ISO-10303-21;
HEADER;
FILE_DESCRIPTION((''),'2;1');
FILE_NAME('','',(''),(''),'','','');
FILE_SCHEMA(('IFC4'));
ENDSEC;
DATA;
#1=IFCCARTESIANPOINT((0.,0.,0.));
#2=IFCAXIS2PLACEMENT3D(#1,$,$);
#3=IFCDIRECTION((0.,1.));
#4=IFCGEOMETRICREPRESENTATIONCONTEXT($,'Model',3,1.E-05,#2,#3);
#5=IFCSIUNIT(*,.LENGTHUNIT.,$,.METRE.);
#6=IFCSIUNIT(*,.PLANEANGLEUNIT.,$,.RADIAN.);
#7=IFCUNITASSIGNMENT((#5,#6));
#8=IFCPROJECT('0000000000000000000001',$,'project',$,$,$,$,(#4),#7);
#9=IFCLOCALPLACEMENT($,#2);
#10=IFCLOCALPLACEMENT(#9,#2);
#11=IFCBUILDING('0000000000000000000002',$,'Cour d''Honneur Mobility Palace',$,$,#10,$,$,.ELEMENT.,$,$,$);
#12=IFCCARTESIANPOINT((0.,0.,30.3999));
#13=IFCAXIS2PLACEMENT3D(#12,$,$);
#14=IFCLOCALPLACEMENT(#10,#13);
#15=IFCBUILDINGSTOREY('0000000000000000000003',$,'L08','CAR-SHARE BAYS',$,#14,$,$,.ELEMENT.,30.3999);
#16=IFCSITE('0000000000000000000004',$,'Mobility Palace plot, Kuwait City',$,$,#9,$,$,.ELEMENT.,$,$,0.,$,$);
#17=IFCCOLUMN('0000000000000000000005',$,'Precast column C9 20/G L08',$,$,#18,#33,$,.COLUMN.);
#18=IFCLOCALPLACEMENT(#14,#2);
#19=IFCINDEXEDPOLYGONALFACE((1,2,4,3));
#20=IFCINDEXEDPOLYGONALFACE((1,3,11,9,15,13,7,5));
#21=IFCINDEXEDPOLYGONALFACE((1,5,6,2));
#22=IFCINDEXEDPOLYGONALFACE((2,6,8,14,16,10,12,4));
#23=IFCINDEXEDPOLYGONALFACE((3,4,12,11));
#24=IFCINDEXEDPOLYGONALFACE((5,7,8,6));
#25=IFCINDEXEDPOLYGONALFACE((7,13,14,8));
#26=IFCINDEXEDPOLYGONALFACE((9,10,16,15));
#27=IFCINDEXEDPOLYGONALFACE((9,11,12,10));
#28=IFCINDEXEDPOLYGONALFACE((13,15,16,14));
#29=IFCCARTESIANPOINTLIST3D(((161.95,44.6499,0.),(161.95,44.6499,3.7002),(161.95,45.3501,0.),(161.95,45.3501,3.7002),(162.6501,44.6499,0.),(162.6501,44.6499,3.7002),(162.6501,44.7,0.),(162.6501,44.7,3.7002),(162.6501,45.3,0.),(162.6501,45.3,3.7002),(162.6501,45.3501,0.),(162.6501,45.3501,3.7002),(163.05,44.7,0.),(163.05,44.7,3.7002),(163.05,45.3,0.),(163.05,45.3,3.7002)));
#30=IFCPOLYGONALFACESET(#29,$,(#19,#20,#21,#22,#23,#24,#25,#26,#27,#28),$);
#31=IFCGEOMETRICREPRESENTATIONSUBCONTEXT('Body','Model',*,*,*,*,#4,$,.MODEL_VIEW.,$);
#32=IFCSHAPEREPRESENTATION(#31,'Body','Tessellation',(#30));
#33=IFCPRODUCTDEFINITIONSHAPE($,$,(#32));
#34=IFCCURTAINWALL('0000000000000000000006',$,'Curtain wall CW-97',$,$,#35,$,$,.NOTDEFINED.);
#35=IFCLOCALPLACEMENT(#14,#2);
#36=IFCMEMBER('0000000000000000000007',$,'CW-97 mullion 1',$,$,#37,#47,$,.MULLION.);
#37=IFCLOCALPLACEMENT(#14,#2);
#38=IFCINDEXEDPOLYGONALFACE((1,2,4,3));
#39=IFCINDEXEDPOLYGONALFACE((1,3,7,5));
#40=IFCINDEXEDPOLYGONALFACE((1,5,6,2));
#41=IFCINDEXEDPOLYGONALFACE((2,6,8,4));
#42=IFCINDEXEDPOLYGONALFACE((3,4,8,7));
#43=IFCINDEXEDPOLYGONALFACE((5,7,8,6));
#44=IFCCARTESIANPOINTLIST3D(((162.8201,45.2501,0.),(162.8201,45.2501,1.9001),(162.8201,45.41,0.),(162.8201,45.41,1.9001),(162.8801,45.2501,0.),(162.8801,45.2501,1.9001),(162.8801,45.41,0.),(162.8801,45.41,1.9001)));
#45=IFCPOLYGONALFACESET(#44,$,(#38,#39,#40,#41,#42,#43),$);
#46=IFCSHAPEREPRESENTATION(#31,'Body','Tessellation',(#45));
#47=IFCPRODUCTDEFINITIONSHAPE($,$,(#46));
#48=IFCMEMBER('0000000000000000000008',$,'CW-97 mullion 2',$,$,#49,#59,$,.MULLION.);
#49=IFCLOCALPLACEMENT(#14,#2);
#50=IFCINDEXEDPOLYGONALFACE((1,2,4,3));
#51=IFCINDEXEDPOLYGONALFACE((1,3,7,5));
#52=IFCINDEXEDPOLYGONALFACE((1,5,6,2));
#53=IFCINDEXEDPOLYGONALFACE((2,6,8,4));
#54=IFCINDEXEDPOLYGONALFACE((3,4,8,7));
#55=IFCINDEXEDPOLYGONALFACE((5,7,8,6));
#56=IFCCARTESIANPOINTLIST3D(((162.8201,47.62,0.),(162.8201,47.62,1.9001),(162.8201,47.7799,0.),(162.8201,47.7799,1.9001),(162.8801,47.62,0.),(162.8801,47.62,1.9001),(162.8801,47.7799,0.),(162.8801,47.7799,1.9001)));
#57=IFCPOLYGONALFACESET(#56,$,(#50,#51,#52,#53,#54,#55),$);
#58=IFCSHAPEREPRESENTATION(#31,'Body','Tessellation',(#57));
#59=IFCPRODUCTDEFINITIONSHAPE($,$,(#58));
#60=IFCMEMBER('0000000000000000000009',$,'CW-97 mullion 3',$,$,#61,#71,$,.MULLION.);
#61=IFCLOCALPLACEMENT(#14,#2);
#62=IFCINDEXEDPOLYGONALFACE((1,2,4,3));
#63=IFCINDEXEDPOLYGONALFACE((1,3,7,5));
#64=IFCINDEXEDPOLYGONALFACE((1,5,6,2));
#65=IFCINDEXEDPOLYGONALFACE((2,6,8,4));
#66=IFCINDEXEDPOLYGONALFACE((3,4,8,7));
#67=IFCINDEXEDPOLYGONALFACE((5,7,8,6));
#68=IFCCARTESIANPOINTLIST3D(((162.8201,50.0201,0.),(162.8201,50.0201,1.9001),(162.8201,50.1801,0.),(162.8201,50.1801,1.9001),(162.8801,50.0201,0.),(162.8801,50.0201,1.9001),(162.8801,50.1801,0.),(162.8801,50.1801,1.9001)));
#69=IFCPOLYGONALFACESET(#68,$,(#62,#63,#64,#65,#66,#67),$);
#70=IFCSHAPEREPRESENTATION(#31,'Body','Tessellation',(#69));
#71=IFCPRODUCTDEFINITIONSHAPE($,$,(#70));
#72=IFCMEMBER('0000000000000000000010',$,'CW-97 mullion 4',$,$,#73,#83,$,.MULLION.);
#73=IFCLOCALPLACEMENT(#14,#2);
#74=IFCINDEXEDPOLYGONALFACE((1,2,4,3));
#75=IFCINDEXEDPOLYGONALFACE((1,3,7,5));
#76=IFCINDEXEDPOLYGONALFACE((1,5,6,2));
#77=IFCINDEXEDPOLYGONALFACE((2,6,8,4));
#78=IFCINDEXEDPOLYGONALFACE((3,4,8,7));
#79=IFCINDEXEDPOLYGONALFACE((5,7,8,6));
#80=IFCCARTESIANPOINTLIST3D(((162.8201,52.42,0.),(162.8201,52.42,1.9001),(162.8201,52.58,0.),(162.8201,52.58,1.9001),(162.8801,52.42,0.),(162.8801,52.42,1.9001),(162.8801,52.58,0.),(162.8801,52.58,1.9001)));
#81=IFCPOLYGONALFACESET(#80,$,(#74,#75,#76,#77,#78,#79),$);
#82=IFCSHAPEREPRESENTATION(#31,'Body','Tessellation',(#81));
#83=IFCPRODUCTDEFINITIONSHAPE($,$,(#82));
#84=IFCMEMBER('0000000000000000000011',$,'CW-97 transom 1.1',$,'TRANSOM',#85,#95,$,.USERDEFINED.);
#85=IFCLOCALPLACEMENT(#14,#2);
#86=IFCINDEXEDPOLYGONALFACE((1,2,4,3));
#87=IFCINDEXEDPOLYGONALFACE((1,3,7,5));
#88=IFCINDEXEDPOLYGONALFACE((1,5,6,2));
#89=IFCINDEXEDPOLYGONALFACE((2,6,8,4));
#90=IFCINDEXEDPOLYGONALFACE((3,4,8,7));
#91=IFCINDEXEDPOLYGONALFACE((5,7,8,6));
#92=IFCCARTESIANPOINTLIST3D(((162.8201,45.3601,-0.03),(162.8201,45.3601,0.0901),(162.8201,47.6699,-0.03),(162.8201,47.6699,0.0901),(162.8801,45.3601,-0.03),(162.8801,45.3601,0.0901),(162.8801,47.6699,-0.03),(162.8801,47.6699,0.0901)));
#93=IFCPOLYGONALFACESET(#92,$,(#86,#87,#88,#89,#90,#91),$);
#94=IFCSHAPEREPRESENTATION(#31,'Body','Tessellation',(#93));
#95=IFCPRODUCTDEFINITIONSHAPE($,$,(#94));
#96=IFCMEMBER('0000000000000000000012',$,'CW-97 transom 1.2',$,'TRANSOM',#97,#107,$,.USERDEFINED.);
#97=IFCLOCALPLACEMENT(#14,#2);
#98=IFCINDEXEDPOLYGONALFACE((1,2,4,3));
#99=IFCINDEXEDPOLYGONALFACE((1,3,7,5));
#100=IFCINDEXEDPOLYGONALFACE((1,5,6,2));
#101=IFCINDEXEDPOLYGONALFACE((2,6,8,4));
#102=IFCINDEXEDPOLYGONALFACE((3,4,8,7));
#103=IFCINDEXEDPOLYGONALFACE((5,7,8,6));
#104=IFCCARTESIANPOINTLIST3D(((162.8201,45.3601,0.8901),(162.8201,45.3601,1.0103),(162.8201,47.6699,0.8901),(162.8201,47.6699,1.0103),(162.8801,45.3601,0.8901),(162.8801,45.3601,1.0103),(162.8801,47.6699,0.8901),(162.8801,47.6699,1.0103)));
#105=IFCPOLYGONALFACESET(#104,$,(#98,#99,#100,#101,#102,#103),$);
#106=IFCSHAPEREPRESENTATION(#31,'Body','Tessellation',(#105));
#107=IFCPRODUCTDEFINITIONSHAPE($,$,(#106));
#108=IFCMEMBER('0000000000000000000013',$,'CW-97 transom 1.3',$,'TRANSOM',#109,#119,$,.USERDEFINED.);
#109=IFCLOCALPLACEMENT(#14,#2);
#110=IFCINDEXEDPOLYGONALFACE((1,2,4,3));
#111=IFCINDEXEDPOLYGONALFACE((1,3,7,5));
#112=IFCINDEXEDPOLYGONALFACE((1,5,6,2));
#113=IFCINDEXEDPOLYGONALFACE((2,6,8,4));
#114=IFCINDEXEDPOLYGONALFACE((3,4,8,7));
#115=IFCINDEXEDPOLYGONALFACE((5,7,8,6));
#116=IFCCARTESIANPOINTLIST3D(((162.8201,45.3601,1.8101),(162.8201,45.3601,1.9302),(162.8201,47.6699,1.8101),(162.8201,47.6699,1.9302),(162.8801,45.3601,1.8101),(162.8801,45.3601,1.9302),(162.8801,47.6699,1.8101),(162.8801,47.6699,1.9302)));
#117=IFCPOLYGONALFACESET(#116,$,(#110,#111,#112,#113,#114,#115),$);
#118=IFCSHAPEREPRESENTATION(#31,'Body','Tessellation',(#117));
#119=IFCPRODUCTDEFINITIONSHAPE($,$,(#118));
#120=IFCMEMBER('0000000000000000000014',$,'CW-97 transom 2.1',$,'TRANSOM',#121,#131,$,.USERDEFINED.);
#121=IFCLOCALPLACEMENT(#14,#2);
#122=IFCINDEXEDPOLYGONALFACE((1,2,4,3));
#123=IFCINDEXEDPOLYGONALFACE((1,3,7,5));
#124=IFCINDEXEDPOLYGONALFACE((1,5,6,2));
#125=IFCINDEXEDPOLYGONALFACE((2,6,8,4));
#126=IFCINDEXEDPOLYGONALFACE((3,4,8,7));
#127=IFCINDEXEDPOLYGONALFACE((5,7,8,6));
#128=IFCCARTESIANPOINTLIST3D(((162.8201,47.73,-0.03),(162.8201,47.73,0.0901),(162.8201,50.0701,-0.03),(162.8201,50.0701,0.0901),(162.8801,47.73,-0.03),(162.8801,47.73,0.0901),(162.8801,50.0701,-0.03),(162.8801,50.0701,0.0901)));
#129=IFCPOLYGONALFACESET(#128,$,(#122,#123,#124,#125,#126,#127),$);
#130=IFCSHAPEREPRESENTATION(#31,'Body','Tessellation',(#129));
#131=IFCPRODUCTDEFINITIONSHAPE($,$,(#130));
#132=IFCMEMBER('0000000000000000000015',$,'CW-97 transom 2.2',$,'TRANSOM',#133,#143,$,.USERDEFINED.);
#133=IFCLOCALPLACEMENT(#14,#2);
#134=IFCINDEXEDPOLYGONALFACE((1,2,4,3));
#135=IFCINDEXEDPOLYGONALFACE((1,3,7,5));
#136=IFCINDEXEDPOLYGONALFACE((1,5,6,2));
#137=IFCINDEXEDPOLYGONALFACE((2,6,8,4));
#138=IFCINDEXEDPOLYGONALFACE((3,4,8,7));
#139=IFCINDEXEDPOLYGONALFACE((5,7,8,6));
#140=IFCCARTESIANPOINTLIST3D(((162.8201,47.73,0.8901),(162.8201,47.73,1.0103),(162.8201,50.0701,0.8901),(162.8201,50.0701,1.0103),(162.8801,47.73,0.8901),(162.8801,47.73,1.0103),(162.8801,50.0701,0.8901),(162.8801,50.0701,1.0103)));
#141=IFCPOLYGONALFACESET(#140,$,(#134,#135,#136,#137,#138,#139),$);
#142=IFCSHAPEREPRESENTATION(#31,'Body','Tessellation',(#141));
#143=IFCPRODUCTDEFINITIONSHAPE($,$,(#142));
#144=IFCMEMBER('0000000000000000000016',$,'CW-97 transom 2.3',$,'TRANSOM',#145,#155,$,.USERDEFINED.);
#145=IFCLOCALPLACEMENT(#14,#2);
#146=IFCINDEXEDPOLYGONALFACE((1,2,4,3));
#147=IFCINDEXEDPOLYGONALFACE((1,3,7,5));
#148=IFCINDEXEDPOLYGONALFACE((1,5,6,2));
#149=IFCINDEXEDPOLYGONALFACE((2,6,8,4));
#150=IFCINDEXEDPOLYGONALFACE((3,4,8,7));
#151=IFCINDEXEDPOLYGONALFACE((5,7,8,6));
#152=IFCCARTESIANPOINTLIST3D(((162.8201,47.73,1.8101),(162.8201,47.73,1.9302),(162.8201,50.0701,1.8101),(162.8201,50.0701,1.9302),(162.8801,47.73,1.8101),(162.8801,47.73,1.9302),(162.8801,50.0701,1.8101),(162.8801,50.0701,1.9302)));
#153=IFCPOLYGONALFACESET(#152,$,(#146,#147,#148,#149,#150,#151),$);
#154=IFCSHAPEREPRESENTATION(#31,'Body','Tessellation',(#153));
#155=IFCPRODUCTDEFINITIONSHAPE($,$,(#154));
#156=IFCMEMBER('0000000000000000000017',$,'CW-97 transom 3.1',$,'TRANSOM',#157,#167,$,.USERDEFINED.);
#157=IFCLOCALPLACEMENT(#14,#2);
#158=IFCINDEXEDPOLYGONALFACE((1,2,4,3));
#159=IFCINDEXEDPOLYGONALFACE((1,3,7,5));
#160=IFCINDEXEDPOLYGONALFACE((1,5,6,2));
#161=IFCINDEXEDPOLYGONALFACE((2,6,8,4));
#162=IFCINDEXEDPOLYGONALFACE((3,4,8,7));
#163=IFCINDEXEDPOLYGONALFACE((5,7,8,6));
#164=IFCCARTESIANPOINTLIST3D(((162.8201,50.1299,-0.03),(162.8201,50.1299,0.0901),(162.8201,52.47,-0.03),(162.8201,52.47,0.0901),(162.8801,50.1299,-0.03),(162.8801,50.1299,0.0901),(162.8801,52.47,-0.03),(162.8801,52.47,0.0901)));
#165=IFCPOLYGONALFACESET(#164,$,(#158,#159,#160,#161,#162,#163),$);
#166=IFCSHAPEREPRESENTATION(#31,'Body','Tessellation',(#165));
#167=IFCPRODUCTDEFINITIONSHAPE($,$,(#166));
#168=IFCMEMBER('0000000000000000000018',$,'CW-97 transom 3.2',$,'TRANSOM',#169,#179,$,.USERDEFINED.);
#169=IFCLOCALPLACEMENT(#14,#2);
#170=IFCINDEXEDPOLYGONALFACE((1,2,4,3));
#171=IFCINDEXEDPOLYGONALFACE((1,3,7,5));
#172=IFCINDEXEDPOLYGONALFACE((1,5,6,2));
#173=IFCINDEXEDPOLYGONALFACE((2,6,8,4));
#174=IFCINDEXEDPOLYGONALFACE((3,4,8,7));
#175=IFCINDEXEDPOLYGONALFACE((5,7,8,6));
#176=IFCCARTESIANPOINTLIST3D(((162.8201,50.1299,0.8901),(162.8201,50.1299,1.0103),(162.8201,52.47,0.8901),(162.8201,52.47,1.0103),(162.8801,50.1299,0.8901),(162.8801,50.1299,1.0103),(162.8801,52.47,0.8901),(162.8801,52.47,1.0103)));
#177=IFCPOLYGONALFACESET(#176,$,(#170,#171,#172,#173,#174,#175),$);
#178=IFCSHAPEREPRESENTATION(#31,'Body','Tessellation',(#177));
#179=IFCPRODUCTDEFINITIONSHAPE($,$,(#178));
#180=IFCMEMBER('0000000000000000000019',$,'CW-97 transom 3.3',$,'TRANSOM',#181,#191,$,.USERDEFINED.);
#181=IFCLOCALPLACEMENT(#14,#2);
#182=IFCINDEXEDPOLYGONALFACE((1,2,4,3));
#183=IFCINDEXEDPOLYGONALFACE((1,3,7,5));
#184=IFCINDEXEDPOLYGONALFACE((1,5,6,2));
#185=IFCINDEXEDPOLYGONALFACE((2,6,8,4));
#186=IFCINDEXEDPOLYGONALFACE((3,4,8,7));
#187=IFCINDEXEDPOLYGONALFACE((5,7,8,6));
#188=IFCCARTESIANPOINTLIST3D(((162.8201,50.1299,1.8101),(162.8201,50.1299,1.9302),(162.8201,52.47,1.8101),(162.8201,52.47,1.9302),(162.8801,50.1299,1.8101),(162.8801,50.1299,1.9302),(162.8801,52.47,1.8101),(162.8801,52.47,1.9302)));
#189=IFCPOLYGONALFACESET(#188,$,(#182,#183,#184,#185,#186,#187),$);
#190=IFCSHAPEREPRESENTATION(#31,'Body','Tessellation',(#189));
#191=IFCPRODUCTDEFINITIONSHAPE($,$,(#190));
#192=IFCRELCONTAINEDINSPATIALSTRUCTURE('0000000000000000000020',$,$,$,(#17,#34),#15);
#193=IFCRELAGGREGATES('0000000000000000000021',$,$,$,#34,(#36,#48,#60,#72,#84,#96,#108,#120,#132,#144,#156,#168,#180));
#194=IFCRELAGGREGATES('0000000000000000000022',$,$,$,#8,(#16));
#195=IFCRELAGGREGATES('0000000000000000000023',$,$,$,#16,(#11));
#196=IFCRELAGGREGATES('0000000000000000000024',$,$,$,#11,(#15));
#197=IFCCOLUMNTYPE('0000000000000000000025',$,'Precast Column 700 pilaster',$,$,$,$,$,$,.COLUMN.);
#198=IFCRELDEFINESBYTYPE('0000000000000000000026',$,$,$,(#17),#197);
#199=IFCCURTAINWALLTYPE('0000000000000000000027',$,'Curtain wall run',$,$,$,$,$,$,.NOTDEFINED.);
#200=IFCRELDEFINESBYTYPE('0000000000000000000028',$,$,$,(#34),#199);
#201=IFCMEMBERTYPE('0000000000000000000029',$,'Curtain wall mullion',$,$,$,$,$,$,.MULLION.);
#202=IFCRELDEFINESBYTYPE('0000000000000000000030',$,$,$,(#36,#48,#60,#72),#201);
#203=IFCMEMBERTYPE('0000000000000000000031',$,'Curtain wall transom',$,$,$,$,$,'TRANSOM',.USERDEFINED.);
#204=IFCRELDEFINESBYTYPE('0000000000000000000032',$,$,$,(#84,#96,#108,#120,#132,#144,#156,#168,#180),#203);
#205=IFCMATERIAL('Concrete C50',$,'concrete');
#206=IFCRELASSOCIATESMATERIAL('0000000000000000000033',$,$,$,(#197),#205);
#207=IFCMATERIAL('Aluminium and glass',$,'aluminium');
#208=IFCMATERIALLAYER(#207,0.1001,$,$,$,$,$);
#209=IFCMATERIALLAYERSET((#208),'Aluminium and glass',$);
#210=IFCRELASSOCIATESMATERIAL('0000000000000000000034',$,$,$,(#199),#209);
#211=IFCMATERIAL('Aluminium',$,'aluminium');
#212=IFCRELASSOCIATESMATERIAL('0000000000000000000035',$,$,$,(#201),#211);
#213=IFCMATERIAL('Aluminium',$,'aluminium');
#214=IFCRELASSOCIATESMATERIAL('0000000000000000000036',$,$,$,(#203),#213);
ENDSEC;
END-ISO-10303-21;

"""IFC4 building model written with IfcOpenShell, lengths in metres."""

from ifc_helpers import new_model, si_unit, direction, frame, origin, origin_2d, place, context, subcontext, project, spatial, polyline, rectangle, outline, extrude, material, layer, layer_set, material_profile, profile_set, type_object, element, aggregate, save


model = new_model("IFC4")

# Units and contexts
model_context = context("Model", 3, precision=1e-05, world=origin(), true_north=direction((0.0, 1.0)))
body_context = subcontext(model_context, "Body", "Model", "MODEL_VIEW")
ifc_project = project(units=[si_unit("LENGTHUNIT", "METRE"), si_unit("PLANEANGLEUNIT", "RADIAN")], contexts=[model_context])

# Site, building, storey
site_placement = place(None, origin())
site = spatial("IfcSite", under=ifc_project, at=site_placement, Name="Mobility Palace plot, Kuwait City", CompositionType="ELEMENT", RefElevation=0.0)
building_placement = place(site_placement, origin())
building = spatial("IfcBuilding", under=site, at=building_placement, Name="Cour d'Honneur Mobility Palace", CompositionType="ELEMENT")
storey_placement = place(building_placement, frame((0.0, 0.0, 30.3999)))
storey = spatial("IfcBuildingStorey", under=building, at=storey_placement, Name="L08", Description="CAR-SHARE BAYS", CompositionType="ELEMENT", Elevation=30.3999)

# Column
ifc_material_1 = material(Name="Concrete C50", Category="concrete")
ifc_material_profile_1 = material_profile(ifc_material_1, outline(polyline([(-0.3501, -0.3501), (0.3501, -0.3501), (0.3501, -0.3), (0.75, -0.3), (0.75, 0.3), (0.3501, 0.3), (0.3501, 0.3501), (-0.3501, 0.3501), (-0.3501, -0.3501)])), Name="PC C700 pilaster")
ifc_profile_set_1 = profile_set([ifc_material_profile_1], Name="Concrete C50")
column_type = type_object("IfcColumnType", Name="Precast Column 700 pilaster", PredefinedType="COLUMN", material=ifc_profile_set_1)
column_placement = place(storey_placement, frame((162.3, 45.0, 0.0), z_axis=(0.0, 0.0, 1.0), x_axis=(1.0, 0.0, 0.0)))
element("IfcColumn", 1, at=column_placement, inside=storey, type_object=column_type, Name="Precast column C9 20/G L08", PredefinedType="COLUMN", context=body_context, shape_type="SweptSolid", body=[
    extrude(outline(polyline([(-0.3501, -0.3501), (0.3501, -0.3501), (0.3501, -0.3), (0.75, -0.3), (0.75, 0.3), (0.3501, 0.3), (0.3501, 0.3501), (-0.3501, 0.3501), (-0.3501, -0.3501)])), origin(), (0.0, 0.0, 1.0), 3.7002),
])

# Curtain wall, members
ifc_material_2 = material(Name="Aluminium and glass", Category="aluminium")
ifc_layer_1 = layer(ifc_material_2, 0.1001)
ifc_layer_set_1 = layer_set([ifc_layer_1], Name="Aluminium and glass")
curtain_wall_type = type_object("IfcCurtainWallType", Name="Curtain wall run", PredefinedType="NOTDEFINED", material=ifc_layer_set_1)
curtain_wall_placement = place(storey_placement, origin())
curtain_wall = element("IfcCurtainWall", 2, at=curtain_wall_placement, inside=storey, type_object=curtain_wall_type, Name="Curtain wall CW-97", PredefinedType="NOTDEFINED")
ifc_material_3 = material(Name="Aluminium", Category="aluminium")
ifc_material_profile_2 = material_profile(ifc_material_3, rectangle(XDim=0.0601, YDim=0.1599, at=origin_2d()), Name="Curtain wall mullion")
ifc_profile_set_2 = profile_set([ifc_material_profile_2], Name="Aluminium")
member_type_1 = type_object("IfcMemberType", Name="Curtain wall mullion", PredefinedType="MULLION", material=ifc_profile_set_2)
member_1_placement = place(storey_placement, frame((162.8501, 45.3301, 0.0), z_axis=(0.0, 0.0, 1.0), x_axis=(-1.0, 0.0, 0.0)))
member_1 = element("IfcMember", 3, at=member_1_placement, type_object=member_type_1, Name="CW-97 mullion 1", PredefinedType="MULLION", context=body_context, shape_type="SweptSolid", body=[
    extrude(rectangle(XDim=0.0601, YDim=0.1599, at=origin_2d()), origin(), (0.0, 0.0, 1.0), 1.9001),
])
member_2_placement = place(storey_placement, frame((162.8501, 47.7, 0.0), z_axis=(0.0, 0.0, 1.0), x_axis=(-1.0, 0.0, 0.0)))
member_2 = element("IfcMember", 4, at=member_2_placement, type_object=member_type_1, Name="CW-97 mullion 2", PredefinedType="MULLION", context=body_context, shape_type="SweptSolid", body=[
    extrude(rectangle(XDim=0.0601, YDim=0.1599, at=origin_2d()), origin(), (0.0, 0.0, 1.0), 1.9001),
])
member_3_placement = place(storey_placement, frame((162.8501, 50.1001, 0.0), z_axis=(0.0, 0.0, 1.0), x_axis=(-1.0, 0.0, 0.0)))
member_3 = element("IfcMember", 5, at=member_3_placement, type_object=member_type_1, Name="CW-97 mullion 3", PredefinedType="MULLION", context=body_context, shape_type="SweptSolid", body=[
    extrude(rectangle(XDim=0.0601, YDim=0.1599, at=origin_2d()), origin(), (0.0, 0.0, 1.0), 1.9001),
])
member_4_placement = place(storey_placement, frame((162.8501, 52.5, 0.0), z_axis=(0.0, 0.0, 1.0), x_axis=(-1.0, 0.0, 0.0)))
member_4 = element("IfcMember", 6, at=member_4_placement, type_object=member_type_1, Name="CW-97 mullion 4", PredefinedType="MULLION", context=body_context, shape_type="SweptSolid", body=[
    extrude(rectangle(XDim=0.0601, YDim=0.1599, at=origin_2d()), origin(), (0.0, 0.0, 1.0), 1.9001),
])
ifc_material_4 = material(Name="Aluminium", Category="aluminium")
ifc_material_profile_3 = material_profile(ifc_material_4, rectangle(XDim=0.0601, YDim=0.1201, at=origin_2d()), Name="Curtain wall transom")
ifc_profile_set_3 = profile_set([ifc_material_profile_3], Name="Aluminium")
member_type_2 = type_object("IfcMemberType", Name="Curtain wall transom", ElementType="TRANSOM", PredefinedType="USERDEFINED", material=ifc_profile_set_3)
member_5_placement = place(storey_placement, frame((162.8501, 45.3601, 0.03), z_axis=(0.0, 1.0, 0.0), x_axis=(-1.0, 0.0, 0.0)))
member_5 = element("IfcMember", 7, at=member_5_placement, type_object=member_type_2, Name="CW-97 transom 1.1", ObjectType="TRANSOM", PredefinedType="USERDEFINED", context=body_context, shape_type="SweptSolid", body=[
    extrude(rectangle(XDim=0.0601, YDim=0.1201, at=origin_2d()), origin(), (0.0, 0.0, 1.0), 2.3098),
])
member_6_placement = place(storey_placement, frame((162.8501, 45.3601, 0.9502), z_axis=(0.0, 1.0, 0.0), x_axis=(-1.0, 0.0, 0.0)))
member_6 = element("IfcMember", 8, at=member_6_placement, type_object=member_type_2, Name="CW-97 transom 1.2", ObjectType="TRANSOM", PredefinedType="USERDEFINED", context=body_context, shape_type="SweptSolid", body=[
    extrude(rectangle(XDim=0.0601, YDim=0.1201, at=origin_2d()), origin(), (0.0, 0.0, 1.0), 2.3098),
])
member_7_placement = place(storey_placement, frame((162.8501, 45.3601, 1.8701), z_axis=(0.0, 1.0, 0.0), x_axis=(-1.0, 0.0, 0.0)))
member_7 = element("IfcMember", 9, at=member_7_placement, type_object=member_type_2, Name="CW-97 transom 1.3", ObjectType="TRANSOM", PredefinedType="USERDEFINED", context=body_context, shape_type="SweptSolid", body=[
    extrude(rectangle(XDim=0.0601, YDim=0.1201, at=origin_2d()), origin(), (0.0, 0.0, 1.0), 2.3098),
])
member_8_placement = place(storey_placement, frame((162.8501, 47.73, 0.03), z_axis=(0.0, 1.0, 0.0), x_axis=(-1.0, 0.0, 0.0)))
member_8 = element("IfcMember", 10, at=member_8_placement, type_object=member_type_2, Name="CW-97 transom 2.1", ObjectType="TRANSOM", PredefinedType="USERDEFINED", context=body_context, shape_type="SweptSolid", body=[
    extrude(rectangle(XDim=0.0601, YDim=0.1201, at=origin_2d()), origin(), (0.0, 0.0, 1.0), 2.3401),
])
member_9_placement = place(storey_placement, frame((162.8501, 47.73, 0.9502), z_axis=(0.0, 1.0, 0.0), x_axis=(-1.0, 0.0, 0.0)))
member_9 = element("IfcMember", 11, at=member_9_placement, type_object=member_type_2, Name="CW-97 transom 2.2", ObjectType="TRANSOM", PredefinedType="USERDEFINED", context=body_context, shape_type="SweptSolid", body=[
    extrude(rectangle(XDim=0.0601, YDim=0.1201, at=origin_2d()), origin(), (0.0, 0.0, 1.0), 2.3401),
])
member_10_placement = place(storey_placement, frame((162.8501, 47.73, 1.8701), z_axis=(0.0, 1.0, 0.0), x_axis=(-1.0, 0.0, 0.0)))
member_10 = element("IfcMember", 12, at=member_10_placement, type_object=member_type_2, Name="CW-97 transom 2.3", ObjectType="TRANSOM", PredefinedType="USERDEFINED", context=body_context, shape_type="SweptSolid", body=[
    extrude(rectangle(XDim=0.0601, YDim=0.1201, at=origin_2d()), origin(), (0.0, 0.0, 1.0), 2.3401),
])
member_11_placement = place(storey_placement, frame((162.8501, 50.1299, 0.03), z_axis=(0.0, 1.0, 0.0), x_axis=(-1.0, 0.0, 0.0)))
member_11 = element("IfcMember", 13, at=member_11_placement, type_object=member_type_2, Name="CW-97 transom 3.1", ObjectType="TRANSOM", PredefinedType="USERDEFINED", context=body_context, shape_type="SweptSolid", body=[
    extrude(rectangle(XDim=0.0601, YDim=0.1201, at=origin_2d()), origin(), (0.0, 0.0, 1.0), 2.3401),
])
member_12_placement = place(storey_placement, frame((162.8501, 50.1299, 0.9502), z_axis=(0.0, 1.0, 0.0), x_axis=(-1.0, 0.0, 0.0)))
member_12 = element("IfcMember", 14, at=member_12_placement, type_object=member_type_2, Name="CW-97 transom 3.2", ObjectType="TRANSOM", PredefinedType="USERDEFINED", context=body_context, shape_type="SweptSolid", body=[
    extrude(rectangle(XDim=0.0601, YDim=0.1201, at=origin_2d()), origin(), (0.0, 0.0, 1.0), 2.3401),
])
member_13_placement = place(storey_placement, frame((162.8501, 50.1299, 1.8701), z_axis=(0.0, 1.0, 0.0), x_axis=(-1.0, 0.0, 0.0)))
member_13 = element("IfcMember", 15, at=member_13_placement, type_object=member_type_2, Name="CW-97 transom 3.3", ObjectType="TRANSOM", PredefinedType="USERDEFINED", context=body_context, shape_type="SweptSolid", body=[
    extrude(rectangle(XDim=0.0601, YDim=0.1201, at=origin_2d()), origin(), (0.0, 0.0, 1.0), 2.3401),
])

aggregate(curtain_wall, [member_1, member_2, member_3, member_4, member_5, member_6, member_7, member_8, member_9, member_10, member_11, member_12, member_13])

save(model, "model.ifc")
